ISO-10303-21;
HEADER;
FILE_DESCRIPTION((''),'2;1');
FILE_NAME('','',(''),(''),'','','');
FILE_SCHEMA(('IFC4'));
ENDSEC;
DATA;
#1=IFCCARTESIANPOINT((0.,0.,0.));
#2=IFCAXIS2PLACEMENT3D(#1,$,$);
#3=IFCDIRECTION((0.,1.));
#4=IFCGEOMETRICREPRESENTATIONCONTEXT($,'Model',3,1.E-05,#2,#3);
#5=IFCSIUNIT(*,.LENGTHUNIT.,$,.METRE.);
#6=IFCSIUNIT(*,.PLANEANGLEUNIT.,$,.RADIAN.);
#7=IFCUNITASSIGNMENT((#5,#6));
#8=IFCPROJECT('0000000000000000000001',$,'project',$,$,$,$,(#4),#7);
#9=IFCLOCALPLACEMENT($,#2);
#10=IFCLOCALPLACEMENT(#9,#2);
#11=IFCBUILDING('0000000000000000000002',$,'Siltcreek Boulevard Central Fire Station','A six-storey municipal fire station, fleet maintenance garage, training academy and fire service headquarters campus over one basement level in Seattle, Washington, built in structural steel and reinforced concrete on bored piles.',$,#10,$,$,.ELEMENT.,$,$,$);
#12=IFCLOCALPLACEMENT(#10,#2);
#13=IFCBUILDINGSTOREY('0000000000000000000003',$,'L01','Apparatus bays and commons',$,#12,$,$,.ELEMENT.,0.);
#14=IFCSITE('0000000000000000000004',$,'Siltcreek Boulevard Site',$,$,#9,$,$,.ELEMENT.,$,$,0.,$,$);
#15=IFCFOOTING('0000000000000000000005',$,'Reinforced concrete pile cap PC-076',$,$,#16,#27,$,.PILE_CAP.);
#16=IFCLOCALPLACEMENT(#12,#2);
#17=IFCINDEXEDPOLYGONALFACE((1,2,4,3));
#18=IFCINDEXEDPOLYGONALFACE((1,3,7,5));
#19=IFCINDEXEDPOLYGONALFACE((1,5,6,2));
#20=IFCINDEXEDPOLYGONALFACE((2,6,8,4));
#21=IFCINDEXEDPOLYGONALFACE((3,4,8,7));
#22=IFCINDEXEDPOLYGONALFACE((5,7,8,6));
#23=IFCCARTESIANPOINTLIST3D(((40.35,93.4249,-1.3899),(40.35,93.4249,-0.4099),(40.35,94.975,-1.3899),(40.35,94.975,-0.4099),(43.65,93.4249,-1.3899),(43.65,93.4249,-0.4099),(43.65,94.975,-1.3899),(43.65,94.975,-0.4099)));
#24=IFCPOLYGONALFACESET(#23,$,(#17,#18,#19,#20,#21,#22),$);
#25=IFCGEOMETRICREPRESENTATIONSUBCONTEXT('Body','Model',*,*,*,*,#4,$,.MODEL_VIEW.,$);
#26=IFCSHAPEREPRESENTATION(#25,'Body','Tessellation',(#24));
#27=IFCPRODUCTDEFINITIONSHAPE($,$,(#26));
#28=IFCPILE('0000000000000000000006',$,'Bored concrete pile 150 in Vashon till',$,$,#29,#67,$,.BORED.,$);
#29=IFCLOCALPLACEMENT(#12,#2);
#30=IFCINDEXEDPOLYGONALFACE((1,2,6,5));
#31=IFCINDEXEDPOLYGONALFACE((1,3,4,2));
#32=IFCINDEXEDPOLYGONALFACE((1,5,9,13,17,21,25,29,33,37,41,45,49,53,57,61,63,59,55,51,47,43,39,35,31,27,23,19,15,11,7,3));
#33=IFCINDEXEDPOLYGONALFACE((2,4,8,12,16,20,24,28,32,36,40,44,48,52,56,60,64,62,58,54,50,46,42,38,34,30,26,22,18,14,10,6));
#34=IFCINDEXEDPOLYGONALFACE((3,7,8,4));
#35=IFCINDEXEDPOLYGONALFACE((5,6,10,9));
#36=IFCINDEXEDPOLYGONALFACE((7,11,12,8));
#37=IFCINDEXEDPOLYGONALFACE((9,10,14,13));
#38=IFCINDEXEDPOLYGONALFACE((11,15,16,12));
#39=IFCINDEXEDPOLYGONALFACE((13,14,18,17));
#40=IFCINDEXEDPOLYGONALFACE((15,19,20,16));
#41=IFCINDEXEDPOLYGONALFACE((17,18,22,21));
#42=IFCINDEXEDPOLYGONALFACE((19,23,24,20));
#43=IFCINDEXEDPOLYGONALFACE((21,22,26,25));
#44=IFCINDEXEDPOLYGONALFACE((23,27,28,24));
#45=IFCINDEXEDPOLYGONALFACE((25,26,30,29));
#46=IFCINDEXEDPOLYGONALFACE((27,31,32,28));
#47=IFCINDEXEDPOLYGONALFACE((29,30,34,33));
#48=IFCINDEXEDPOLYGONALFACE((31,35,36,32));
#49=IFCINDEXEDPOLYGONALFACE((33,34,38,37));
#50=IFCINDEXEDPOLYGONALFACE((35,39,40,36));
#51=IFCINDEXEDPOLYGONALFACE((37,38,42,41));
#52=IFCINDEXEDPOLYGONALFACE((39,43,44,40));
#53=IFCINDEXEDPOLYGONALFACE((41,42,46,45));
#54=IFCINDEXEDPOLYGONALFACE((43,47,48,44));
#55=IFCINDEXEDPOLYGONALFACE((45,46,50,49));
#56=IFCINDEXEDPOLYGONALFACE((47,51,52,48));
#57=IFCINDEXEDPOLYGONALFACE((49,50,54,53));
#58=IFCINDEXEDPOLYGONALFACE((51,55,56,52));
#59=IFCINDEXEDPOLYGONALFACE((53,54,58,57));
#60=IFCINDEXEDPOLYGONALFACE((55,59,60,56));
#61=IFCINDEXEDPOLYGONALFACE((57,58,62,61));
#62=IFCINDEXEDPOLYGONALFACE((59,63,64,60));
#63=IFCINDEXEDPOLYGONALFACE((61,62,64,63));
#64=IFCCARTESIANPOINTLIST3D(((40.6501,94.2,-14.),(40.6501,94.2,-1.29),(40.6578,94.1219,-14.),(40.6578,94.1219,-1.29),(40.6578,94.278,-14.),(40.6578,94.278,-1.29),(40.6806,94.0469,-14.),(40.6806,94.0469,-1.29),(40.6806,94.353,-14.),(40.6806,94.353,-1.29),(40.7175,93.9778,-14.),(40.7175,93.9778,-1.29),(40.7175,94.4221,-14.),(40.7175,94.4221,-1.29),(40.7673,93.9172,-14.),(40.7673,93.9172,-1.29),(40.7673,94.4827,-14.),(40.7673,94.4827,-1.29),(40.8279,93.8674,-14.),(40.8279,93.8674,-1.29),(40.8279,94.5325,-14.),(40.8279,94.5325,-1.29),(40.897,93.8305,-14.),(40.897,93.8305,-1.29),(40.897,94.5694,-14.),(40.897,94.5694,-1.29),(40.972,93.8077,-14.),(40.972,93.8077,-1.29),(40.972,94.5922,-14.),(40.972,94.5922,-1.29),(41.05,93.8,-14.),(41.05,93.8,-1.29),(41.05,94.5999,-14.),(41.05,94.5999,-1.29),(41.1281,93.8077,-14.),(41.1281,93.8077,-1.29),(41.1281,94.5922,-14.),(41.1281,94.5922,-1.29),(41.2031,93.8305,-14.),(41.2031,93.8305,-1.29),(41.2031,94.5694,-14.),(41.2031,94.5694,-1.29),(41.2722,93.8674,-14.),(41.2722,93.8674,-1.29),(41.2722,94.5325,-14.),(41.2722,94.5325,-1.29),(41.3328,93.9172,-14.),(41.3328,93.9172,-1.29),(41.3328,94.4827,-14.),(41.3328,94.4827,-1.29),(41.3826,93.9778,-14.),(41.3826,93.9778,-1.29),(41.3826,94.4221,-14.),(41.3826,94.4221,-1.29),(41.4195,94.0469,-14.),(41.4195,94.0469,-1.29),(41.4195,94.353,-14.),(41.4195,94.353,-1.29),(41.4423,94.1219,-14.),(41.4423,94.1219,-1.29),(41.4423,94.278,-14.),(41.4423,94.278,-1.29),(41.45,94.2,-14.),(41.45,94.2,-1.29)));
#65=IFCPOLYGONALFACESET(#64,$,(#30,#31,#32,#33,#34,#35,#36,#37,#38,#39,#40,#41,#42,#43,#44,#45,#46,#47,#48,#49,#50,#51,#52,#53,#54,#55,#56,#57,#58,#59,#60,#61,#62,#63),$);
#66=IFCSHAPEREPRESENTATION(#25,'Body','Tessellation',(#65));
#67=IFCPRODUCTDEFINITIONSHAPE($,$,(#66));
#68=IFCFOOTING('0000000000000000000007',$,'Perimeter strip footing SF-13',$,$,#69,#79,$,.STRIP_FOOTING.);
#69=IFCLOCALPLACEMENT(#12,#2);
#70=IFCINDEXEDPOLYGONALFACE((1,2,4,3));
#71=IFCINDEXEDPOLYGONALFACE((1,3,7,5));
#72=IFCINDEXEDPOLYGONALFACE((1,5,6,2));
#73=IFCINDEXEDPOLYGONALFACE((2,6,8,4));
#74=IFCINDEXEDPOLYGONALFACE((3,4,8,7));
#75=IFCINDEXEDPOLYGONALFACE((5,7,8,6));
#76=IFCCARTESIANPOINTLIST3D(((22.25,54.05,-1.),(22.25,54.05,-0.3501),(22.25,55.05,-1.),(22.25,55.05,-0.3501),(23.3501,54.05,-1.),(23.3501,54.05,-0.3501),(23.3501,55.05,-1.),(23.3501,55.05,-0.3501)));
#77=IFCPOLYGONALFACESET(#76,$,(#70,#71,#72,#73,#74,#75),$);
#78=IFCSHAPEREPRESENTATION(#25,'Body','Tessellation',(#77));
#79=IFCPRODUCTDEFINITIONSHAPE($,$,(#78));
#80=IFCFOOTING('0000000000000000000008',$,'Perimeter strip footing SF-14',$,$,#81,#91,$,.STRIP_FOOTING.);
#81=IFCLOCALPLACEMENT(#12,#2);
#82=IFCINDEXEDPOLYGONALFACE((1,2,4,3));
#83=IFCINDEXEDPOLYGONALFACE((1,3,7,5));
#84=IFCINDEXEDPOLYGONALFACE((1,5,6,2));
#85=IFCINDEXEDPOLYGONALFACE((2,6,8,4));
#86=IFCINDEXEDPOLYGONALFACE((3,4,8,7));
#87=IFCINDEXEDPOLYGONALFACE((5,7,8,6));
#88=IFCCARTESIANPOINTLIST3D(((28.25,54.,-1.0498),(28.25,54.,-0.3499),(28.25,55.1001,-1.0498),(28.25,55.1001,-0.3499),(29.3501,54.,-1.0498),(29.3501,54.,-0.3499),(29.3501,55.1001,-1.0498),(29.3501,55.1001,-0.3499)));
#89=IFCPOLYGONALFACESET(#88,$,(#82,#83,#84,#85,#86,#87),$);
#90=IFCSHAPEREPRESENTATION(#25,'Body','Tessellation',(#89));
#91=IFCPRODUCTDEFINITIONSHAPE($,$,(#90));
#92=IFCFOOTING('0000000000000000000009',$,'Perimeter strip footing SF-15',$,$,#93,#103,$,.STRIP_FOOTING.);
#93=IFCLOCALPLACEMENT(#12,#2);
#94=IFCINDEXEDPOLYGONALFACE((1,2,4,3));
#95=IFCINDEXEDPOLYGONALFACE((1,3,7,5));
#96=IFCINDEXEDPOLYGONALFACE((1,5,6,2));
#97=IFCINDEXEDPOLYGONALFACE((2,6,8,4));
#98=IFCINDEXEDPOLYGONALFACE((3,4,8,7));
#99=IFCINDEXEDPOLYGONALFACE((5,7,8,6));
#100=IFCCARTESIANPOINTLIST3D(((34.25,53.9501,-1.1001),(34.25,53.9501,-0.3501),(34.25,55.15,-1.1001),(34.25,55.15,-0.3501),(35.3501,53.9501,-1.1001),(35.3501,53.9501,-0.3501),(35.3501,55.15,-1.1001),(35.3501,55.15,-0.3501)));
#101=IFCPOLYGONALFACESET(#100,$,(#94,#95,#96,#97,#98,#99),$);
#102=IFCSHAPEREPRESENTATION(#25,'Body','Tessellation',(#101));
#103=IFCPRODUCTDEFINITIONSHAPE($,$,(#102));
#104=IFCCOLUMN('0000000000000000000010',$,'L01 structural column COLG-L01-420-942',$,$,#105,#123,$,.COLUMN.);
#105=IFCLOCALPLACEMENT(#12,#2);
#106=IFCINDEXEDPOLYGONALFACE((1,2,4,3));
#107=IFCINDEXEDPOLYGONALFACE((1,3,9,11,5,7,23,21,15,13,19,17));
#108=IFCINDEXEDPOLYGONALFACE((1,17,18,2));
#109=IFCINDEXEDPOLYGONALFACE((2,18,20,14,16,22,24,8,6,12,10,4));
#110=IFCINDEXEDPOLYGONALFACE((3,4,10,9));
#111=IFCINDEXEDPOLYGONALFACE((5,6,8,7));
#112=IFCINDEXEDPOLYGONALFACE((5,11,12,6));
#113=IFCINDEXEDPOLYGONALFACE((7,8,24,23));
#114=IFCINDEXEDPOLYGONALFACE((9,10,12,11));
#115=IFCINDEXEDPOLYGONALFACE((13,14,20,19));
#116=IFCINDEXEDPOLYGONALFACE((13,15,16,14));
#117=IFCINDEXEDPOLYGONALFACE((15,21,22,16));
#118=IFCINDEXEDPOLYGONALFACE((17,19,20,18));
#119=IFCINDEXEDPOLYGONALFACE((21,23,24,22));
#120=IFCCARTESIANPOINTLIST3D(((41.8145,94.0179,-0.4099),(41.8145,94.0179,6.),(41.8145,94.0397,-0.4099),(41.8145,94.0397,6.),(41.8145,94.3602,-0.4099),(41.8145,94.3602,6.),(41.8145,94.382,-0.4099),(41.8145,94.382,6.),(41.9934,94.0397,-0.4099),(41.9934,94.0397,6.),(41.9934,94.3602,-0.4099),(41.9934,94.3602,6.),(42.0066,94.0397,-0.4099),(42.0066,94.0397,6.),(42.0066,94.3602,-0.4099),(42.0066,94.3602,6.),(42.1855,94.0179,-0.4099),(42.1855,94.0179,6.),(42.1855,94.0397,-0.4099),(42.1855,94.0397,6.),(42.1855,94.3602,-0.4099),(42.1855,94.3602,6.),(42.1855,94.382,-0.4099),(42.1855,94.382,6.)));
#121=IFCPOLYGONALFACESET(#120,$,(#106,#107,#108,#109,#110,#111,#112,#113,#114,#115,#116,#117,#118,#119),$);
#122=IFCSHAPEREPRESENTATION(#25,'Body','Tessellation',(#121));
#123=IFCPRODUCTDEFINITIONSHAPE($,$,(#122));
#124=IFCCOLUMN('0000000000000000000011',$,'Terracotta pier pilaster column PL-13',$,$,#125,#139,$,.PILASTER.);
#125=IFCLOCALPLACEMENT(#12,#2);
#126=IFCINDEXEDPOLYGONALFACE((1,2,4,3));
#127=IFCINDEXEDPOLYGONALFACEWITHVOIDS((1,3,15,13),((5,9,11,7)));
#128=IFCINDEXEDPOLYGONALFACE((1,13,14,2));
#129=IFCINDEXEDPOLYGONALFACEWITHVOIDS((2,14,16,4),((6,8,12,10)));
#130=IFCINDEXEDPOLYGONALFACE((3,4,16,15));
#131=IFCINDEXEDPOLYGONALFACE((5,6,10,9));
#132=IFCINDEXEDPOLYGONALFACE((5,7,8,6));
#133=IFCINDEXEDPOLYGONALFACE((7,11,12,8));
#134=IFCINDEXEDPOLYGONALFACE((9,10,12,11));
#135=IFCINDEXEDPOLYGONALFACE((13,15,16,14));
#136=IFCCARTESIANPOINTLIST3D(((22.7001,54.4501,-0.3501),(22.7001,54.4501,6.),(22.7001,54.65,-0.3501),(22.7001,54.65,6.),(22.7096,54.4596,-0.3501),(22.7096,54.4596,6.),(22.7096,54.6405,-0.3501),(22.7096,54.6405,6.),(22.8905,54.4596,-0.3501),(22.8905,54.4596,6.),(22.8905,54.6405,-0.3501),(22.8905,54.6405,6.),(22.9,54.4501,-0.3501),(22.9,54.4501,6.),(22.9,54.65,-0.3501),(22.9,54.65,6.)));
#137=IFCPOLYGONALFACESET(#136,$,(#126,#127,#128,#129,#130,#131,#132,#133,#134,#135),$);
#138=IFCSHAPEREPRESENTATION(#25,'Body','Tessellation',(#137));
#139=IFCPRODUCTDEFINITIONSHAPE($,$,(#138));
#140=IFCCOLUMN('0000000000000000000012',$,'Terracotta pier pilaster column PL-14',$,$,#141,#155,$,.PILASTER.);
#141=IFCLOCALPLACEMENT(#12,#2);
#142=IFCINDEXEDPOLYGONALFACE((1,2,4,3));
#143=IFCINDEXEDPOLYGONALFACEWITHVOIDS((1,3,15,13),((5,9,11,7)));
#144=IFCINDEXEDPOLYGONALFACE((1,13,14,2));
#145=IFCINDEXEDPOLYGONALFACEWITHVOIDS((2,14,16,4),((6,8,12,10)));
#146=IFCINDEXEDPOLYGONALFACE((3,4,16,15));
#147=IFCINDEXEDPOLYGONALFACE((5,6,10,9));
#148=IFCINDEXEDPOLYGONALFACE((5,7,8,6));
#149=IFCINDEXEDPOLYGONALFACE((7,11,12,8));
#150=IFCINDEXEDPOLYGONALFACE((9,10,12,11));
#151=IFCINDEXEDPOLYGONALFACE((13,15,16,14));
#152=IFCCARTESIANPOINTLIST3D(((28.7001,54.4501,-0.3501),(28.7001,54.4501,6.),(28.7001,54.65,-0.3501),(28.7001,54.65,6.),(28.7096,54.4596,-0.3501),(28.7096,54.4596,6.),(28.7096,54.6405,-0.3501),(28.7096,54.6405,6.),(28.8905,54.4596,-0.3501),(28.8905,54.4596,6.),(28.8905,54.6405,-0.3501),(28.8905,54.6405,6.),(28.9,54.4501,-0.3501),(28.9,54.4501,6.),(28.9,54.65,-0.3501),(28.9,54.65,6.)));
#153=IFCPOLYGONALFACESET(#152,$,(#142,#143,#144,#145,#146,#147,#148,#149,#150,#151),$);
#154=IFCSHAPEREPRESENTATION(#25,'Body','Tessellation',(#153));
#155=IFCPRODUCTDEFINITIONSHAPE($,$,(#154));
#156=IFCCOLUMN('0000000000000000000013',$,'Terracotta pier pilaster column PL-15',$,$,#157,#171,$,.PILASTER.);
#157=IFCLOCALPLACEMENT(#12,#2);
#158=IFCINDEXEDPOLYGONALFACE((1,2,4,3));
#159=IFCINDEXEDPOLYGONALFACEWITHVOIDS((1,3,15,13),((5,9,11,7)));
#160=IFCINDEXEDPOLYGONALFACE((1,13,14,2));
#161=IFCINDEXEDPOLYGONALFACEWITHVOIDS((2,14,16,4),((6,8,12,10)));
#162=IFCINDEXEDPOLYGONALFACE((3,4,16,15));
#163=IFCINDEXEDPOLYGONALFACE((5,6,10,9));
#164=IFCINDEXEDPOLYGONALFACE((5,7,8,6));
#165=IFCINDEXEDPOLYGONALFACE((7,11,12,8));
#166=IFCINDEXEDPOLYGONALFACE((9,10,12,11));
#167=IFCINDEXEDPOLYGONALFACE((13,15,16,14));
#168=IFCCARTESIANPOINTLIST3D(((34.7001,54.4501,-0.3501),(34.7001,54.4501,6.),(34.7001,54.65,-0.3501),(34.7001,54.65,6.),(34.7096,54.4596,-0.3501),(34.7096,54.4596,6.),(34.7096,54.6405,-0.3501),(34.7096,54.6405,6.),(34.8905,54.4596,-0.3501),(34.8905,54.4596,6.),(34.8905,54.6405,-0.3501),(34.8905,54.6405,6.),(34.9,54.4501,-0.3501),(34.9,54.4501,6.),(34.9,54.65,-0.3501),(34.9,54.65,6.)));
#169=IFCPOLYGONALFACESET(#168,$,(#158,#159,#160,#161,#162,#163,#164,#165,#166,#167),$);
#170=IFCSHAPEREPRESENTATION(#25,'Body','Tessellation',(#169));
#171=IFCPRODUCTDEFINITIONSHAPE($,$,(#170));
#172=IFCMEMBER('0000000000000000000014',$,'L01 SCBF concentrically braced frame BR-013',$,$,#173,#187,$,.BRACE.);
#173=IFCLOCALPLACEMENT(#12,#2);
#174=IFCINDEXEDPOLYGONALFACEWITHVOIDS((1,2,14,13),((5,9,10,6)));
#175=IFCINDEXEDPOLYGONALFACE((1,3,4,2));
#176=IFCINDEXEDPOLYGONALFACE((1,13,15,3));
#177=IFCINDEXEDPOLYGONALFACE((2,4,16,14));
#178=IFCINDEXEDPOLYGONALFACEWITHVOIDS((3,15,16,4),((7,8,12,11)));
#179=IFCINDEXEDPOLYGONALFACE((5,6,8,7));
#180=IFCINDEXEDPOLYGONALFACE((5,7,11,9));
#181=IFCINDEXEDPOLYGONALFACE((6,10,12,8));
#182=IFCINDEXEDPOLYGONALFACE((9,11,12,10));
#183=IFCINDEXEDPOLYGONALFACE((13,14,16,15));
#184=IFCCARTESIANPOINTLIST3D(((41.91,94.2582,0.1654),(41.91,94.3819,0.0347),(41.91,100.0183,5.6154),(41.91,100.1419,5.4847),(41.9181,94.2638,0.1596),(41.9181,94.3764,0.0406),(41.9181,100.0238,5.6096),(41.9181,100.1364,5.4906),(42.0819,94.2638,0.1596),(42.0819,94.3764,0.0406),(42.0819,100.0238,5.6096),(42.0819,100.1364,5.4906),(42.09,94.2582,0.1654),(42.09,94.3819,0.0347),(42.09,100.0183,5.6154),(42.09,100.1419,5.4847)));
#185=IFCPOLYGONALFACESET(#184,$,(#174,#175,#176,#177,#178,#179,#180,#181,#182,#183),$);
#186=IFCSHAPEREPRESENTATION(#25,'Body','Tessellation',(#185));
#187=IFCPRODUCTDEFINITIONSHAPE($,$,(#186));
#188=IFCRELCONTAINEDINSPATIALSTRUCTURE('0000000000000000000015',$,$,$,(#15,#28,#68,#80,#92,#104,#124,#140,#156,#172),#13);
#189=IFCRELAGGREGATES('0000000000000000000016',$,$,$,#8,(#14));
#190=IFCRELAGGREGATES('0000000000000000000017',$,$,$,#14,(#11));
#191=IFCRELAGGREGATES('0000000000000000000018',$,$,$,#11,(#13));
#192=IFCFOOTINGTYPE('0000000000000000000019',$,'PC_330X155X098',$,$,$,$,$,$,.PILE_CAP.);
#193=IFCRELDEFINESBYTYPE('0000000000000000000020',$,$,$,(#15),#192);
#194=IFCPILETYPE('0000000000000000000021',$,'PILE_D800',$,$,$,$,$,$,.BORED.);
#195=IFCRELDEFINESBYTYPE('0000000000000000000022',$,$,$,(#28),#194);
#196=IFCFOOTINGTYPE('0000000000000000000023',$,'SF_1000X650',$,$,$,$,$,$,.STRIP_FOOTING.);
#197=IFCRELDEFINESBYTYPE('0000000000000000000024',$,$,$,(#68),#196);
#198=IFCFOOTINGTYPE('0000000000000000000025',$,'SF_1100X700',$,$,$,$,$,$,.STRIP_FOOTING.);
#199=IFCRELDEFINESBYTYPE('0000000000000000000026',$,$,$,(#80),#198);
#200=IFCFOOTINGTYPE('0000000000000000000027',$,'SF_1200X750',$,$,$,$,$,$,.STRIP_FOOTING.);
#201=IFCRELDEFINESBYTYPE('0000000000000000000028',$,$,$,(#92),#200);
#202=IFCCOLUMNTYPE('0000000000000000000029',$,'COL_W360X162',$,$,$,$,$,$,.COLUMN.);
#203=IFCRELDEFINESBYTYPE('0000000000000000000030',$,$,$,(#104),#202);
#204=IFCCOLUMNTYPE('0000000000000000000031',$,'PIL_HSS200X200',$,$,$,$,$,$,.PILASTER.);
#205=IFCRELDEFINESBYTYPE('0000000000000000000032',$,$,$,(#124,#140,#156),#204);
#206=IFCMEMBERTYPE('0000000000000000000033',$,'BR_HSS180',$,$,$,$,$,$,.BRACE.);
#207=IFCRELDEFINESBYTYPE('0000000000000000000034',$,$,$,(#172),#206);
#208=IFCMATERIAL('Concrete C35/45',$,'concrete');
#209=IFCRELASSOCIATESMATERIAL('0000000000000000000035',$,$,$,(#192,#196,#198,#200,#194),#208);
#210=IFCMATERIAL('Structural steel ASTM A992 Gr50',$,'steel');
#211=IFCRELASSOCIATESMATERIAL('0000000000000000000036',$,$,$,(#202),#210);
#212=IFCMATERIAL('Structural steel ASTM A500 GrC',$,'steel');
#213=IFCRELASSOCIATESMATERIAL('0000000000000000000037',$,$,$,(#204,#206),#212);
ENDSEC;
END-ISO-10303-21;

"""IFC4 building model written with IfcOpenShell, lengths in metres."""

from ifc_helpers import new_model, si_unit, direction, frame, origin, origin_2d, place, context, subcontext, project, spatial, rectangle, hollow_rectangle, circle, i_section, extrude, material, material_profile, profile_set, type_object, element, save


model = new_model("IFC4")

# Units and contexts
model_context = context("Model", 3, precision=1e-05, world=origin(), true_north=direction((0.0, 1.0)))
body_context = subcontext(model_context, "Body", "Model", "MODEL_VIEW")
ifc_project = project(units=[si_unit("LENGTHUNIT", "METRE"), si_unit("PLANEANGLEUNIT", "RADIAN")], contexts=[model_context])

# Site, building, storey
site_placement = place(None, origin())
site = spatial("IfcSite", under=ifc_project, at=site_placement, Name="Siltcreek Boulevard Site", CompositionType="ELEMENT", RefElevation=0.0)
building_placement = place(site_placement, origin())
building = spatial("IfcBuilding", under=site, at=building_placement, Name="Siltcreek Boulevard Central Fire Station", Description="A six-storey municipal fire station, fleet maintenance garage, training academy and fire service headquarters campus over one basement level in Seattle, Washington, built in structural steel and reinforced concrete on bored piles.", CompositionType="ELEMENT")
storey_placement = place(building_placement, origin())
storey = spatial("IfcBuildingStorey", under=building, at=storey_placement, Name="L01", Description="Apparatus bays and commons", CompositionType="ELEMENT", Elevation=0.0)

# Footing
ifc_material_1 = material(Name="Concrete C35/45", Category="concrete")
footing_type_1 = type_object("IfcFootingType", Name="PC_330X155X098", PredefinedType="PILE_CAP", material=ifc_material_1)
footing_1_placement = place(storey_placement, frame((42.0, 94.2, -1.3899), z_axis=(0.0, 0.0, 1.0), x_axis=(1.0, 0.0, 0.0)))
element("IfcFooting", 1, at=footing_1_placement, inside=storey, type_object=footing_type_1, Name="Reinforced concrete pile cap PC-076", PredefinedType="PILE_CAP", context=body_context, shape_type="SweptSolid", body=[
    extrude(rectangle(XDim=3.3, YDim=1.55, at=origin_2d()), origin(), (0.0, 0.0, 1.0), 0.98),
])

# Pile
ifc_material_profile_1 = material_profile(ifc_material_1, circle(Radius=0.3999, at=origin_2d()), Name="SHAFT800")
ifc_profile_set_1 = profile_set([ifc_material_profile_1], Name="Concrete C35/45")
pile_type = type_object("IfcPileType", Name="PILE_D800", PredefinedType="BORED", material=ifc_profile_set_1)
pile_placement = place(storey_placement, frame((41.05, 94.2, -1.29), z_axis=(0.0, 0.0, -1.0), x_axis=(1.0, 0.0, 0.0)))
element("IfcPile", 2, at=pile_placement, inside=storey, type_object=pile_type, Name="Bored concrete pile 150 in Vashon till", PredefinedType="BORED", context=body_context, shape_type="SweptSolid", body=[
    extrude(circle(Radius=0.3999, at=origin_2d()), origin(), (0.0, 0.0, 1.0), 12.71),
])

# Footings
footing_type_2 = type_object("IfcFootingType", Name="SF_1000X650", PredefinedType="STRIP_FOOTING", material=ifc_material_1)
footing_2_placement = place(storey_placement, frame((22.8, 54.55, -1.0), z_axis=(0.0, 0.0, 1.0), x_axis=(1.0, 0.0, 0.0)))
element("IfcFooting", 3, at=footing_2_placement, inside=storey, type_object=footing_type_2, Name="Perimeter strip footing SF-13", PredefinedType="STRIP_FOOTING", context=body_context, shape_type="SweptSolid", body=[
    extrude(rectangle(XDim=1.1001, YDim=1.0, at=origin_2d()), origin(), (0.0, 0.0, 1.0), 0.6499),
])
footing_type_3 = type_object("IfcFootingType", Name="SF_1100X700", PredefinedType="STRIP_FOOTING", material=ifc_material_1)
footing_3_placement = place(storey_placement, frame((28.8, 54.55, -1.0498), z_axis=(0.0, 0.0, 1.0), x_axis=(1.0, 0.0, 0.0)))
element("IfcFooting", 4, at=footing_3_placement, inside=storey, type_object=footing_type_3, Name="Perimeter strip footing SF-14", PredefinedType="STRIP_FOOTING", context=body_context, shape_type="SweptSolid", body=[
    extrude(rectangle(XDim=1.1001, YDim=1.1001, at=origin_2d()), origin(), (0.0, 0.0, 1.0), 0.7),
])
footing_type_4 = type_object("IfcFootingType", Name="SF_1200X750", PredefinedType="STRIP_FOOTING", material=ifc_material_1)
footing_4_placement = place(storey_placement, frame((34.8, 54.55, -1.1001), z_axis=(0.0, 0.0, 1.0), x_axis=(1.0, 0.0, 0.0)))
element("IfcFooting", 5, at=footing_4_placement, inside=storey, type_object=footing_type_4, Name="Perimeter strip footing SF-15", PredefinedType="STRIP_FOOTING", context=body_context, shape_type="SweptSolid", body=[
    extrude(rectangle(XDim=1.1001, YDim=1.2, at=origin_2d()), origin(), (0.0, 0.0, 1.0), 0.75),
])

# Columns
ifc_material_2 = material(Name="Structural steel ASTM A992 Gr50", Category="steel")
ifc_material_profile_2 = material_profile(ifc_material_2, i_section(OverallWidth=0.3711, OverallDepth=0.364, WebThickness=0.0132, FlangeThickness=0.0217, at=origin_2d()), Name="W360X162")
ifc_profile_set_2 = profile_set([ifc_material_profile_2], Name="Structural steel ASTM A992 Gr50")
column_type_1 = type_object("IfcColumnType", Name="COL_W360X162", PredefinedType="COLUMN", material=ifc_profile_set_2)
column_placement = place(storey_placement, frame((42.0, 94.2, -0.4099), z_axis=(0.0, 0.0, 1.0), x_axis=(1.0, 0.0, 0.0)))
element("IfcColumn", 6, at=column_placement, inside=storey, type_object=column_type_1, Name="L01 structural column COLG-L01-420-942", PredefinedType="COLUMN", context=body_context, shape_type="SweptSolid", body=[
    extrude(i_section(OverallWidth=0.3711, OverallDepth=0.364, WebThickness=0.0132, FlangeThickness=0.0217, at=origin_2d()), origin(), (0.0, 0.0, 1.0), 6.4099),
])
ifc_material_3 = material(Name="Structural steel ASTM A500 GrC", Category="steel")
ifc_material_profile_3 = material_profile(ifc_material_3, hollow_rectangle(XDim=0.2, YDim=0.2, WallThickness=0.0095, at=origin_2d()), Name="HSS200X200X9.5")
ifc_profile_set_3 = profile_set([ifc_material_profile_3], Name="Structural steel ASTM A500 GrC")
column_type_2 = type_object("IfcColumnType", Name="PIL_HSS200X200", PredefinedType="PILASTER", material=ifc_profile_set_3)
for number, where, z_axis, x_axis, name in (
    (7, (22.8, 54.55, -0.3501), (0.0, 0.0, 1.0), (1.0, 0.0, 0.0), "Terracotta pier pilaster column PL-13"),
    (8, (28.8, 54.55, -0.3501), (0.0, 0.0, 1.0), (1.0, 0.0, 0.0), "Terracotta pier pilaster column PL-14"),
    (9, (34.8, 54.55, -0.3501), (0.0, 0.0, 1.0), (1.0, 0.0, 0.0), "Terracotta pier pilaster column PL-15"),
):
    element("IfcColumn", number, at=place(storey_placement, frame(where, z_axis=z_axis, x_axis=x_axis)), inside=storey, type_object=column_type_2, Name=name, PredefinedType="PILASTER", context=body_context, shape_type="SweptSolid", body=[
        extrude(hollow_rectangle(XDim=0.2, YDim=0.2, WallThickness=0.0095, at=origin_2d()), origin(), (0.0, 0.0, 1.0), 6.3501),
    ])

# Member
ifc_material_profile_4 = material_profile(ifc_material_3, hollow_rectangle(XDim=0.1799, YDim=0.1799, WallThickness=0.0081, at=origin_2d()), Name="HSS180X180X8.0")
ifc_profile_set_4 = profile_set([ifc_material_profile_4], Name="Structural steel ASTM A500 GrC")
member_type_1 = type_object("IfcMemberType", Name="BR_HSS180", PredefinedType="BRACE", material=ifc_profile_set_4)
member_1_placement = place(storey_placement, frame((42.0, 94.3201, 0.1001), z_axis=(0.0, 0.726387, 0.687286), x_axis=(-1.0, 0.0, 0.0)))
element("IfcMember", 10, at=member_1_placement, inside=storey, type_object=member_type_1, Name="L01 SCBF concentrically braced frame BR-013", PredefinedType="BRACE", context=body_context, shape_type="SweptSolid", body=[
    extrude(hollow_rectangle(XDim=0.1799, YDim=0.1799, WallThickness=0.0081, at=origin_2d()), origin(), (0.0, 0.0, 1.0), 7.9297),
])

save(model, "model.ifc")
